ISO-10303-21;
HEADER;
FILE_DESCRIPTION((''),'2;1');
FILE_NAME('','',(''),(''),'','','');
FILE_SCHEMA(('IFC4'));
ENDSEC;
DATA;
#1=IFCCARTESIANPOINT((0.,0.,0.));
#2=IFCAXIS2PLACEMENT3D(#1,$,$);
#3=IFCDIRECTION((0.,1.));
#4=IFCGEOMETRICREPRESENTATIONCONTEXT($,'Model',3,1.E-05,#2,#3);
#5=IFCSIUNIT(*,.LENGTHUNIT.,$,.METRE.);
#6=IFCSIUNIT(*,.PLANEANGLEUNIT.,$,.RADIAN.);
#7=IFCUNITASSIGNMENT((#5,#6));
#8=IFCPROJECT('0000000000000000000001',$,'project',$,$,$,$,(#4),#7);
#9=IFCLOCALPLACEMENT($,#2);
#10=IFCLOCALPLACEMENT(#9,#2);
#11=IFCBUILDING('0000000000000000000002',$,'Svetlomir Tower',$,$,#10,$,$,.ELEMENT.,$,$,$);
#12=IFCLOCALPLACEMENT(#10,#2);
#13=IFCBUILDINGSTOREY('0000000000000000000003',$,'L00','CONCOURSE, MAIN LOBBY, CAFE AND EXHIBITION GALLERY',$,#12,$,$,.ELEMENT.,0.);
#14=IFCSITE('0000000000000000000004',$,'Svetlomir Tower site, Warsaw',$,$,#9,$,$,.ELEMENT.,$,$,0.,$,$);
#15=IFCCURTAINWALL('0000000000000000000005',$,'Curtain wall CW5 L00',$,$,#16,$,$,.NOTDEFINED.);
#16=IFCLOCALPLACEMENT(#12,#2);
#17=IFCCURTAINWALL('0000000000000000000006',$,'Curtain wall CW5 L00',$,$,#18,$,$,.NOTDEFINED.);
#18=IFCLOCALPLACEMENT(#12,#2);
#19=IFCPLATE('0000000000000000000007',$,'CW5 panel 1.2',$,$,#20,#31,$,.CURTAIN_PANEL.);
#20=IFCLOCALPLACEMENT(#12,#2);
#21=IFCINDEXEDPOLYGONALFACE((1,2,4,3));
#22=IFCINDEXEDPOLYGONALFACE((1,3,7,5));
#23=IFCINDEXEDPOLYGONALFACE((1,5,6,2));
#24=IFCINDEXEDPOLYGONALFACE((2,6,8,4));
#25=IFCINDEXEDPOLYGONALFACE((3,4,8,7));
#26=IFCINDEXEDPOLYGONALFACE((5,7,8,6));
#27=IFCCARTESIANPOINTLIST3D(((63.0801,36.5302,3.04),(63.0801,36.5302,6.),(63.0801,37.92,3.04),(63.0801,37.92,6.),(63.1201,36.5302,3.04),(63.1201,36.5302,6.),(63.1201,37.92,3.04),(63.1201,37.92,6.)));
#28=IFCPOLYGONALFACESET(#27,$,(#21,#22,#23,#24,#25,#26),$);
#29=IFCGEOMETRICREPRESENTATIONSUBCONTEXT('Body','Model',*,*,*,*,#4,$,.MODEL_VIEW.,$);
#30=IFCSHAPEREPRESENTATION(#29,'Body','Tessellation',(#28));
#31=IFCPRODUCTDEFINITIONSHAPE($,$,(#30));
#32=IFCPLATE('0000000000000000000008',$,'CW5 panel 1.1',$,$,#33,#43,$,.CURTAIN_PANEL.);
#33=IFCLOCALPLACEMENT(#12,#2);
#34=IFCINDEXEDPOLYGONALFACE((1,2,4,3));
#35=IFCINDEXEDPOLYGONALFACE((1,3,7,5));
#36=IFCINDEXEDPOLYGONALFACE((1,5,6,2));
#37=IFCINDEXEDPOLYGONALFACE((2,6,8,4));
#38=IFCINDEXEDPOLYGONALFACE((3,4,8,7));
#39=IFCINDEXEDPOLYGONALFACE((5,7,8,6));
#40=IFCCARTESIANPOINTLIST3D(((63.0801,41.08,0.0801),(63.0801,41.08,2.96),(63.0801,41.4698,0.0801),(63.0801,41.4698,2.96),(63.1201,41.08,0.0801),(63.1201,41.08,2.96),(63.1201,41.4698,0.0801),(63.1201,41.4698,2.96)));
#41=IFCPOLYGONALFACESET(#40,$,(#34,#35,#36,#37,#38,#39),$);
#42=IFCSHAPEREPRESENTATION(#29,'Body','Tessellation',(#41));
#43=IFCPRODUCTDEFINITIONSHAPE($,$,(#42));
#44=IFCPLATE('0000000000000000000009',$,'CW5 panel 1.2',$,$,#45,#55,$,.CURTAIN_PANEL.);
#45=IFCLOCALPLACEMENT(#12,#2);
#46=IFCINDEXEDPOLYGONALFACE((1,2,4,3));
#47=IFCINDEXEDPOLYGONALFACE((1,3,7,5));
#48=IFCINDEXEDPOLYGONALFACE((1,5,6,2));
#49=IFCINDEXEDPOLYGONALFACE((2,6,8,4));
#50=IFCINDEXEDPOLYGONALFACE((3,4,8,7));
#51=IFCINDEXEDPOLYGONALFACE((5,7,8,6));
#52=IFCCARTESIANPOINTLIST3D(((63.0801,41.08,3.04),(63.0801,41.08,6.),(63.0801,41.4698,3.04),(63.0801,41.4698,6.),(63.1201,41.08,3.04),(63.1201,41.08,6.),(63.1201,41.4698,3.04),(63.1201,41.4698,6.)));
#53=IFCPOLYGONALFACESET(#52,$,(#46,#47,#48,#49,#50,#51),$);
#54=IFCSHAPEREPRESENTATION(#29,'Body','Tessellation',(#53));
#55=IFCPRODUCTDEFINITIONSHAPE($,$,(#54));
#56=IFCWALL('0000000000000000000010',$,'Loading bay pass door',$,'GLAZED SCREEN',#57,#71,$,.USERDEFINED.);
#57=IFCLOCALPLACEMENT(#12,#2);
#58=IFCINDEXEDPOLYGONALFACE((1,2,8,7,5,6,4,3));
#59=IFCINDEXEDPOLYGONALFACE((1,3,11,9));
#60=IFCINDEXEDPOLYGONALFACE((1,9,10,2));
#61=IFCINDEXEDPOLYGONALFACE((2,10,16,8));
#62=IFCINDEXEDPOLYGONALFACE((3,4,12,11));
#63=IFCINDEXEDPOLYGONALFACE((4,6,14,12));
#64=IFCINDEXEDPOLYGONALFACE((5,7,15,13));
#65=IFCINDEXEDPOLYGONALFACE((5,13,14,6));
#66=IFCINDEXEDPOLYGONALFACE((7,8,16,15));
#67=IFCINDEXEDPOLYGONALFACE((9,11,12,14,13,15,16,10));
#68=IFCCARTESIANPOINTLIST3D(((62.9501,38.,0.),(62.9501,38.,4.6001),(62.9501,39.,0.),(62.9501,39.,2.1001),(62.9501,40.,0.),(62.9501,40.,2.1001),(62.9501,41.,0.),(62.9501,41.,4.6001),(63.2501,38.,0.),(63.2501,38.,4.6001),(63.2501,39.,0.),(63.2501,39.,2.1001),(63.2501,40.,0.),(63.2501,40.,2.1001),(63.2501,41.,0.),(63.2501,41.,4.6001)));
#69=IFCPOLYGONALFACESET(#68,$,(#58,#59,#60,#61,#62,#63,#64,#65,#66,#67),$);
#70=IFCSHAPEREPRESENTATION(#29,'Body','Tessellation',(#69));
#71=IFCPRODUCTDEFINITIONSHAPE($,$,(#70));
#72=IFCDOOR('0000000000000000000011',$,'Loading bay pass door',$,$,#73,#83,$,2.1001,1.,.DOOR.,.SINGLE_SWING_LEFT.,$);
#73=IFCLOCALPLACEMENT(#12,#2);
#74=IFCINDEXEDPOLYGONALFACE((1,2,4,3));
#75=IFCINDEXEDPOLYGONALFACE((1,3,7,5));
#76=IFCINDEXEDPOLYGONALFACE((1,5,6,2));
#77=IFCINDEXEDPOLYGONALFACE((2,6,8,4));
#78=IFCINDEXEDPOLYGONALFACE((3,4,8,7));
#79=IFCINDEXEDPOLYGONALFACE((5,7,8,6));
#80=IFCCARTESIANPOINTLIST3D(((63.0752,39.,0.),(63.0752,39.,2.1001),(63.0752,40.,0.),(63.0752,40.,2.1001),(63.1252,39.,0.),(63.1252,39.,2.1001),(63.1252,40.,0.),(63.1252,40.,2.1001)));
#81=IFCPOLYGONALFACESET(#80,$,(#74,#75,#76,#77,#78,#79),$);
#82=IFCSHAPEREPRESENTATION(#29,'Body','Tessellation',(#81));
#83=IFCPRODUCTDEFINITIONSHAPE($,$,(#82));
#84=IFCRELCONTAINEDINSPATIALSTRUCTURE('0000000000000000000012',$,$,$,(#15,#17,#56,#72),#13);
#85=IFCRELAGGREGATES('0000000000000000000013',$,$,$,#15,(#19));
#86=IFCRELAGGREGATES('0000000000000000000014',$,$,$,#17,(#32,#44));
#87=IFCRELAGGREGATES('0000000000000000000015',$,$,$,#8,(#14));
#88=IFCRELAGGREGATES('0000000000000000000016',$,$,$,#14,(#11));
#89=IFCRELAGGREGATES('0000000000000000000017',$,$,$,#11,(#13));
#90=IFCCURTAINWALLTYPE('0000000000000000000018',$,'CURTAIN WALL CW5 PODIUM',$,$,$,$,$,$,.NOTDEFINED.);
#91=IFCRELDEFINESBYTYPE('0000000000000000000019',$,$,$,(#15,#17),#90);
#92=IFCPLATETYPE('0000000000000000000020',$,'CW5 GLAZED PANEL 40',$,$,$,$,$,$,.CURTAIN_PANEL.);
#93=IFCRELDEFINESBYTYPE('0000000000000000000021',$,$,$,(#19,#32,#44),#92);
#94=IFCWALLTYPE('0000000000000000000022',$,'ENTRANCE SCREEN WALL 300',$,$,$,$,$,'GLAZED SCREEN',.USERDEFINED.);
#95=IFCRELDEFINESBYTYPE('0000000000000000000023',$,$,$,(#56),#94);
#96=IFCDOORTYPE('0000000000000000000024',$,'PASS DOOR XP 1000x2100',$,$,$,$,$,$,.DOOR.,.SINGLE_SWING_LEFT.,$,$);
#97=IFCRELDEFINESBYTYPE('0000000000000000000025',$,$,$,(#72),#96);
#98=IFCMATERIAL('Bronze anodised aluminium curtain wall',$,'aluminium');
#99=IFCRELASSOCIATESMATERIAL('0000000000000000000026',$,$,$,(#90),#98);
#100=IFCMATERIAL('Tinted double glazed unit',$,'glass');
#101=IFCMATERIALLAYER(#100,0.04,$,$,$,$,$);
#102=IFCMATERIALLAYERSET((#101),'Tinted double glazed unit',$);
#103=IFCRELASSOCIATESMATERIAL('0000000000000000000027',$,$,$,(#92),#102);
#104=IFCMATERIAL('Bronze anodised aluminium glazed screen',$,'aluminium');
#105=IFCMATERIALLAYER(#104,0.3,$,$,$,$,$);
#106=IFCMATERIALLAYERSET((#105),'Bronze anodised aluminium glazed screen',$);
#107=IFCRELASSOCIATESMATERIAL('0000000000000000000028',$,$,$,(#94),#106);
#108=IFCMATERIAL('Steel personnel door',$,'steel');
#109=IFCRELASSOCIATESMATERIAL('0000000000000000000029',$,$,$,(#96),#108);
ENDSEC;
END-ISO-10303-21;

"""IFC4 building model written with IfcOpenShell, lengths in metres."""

from ifc_helpers import new_model, si_unit, direction, frame, frame_2d, origin, origin_2d, place, context, subcontext, project, spatial, rectangle, extrude, material, layer, layer_set, type_object, element, fill, aggregate, save


model = new_model("IFC4")

# Units and contexts
model_context = context("Model", 3, precision=1e-05, world=origin(), true_north=direction((0.0, 1.0)))
body_context = subcontext(model_context, "Body", "Model", "MODEL_VIEW")
ifc_project = project(units=[si_unit("LENGTHUNIT", "METRE"), si_unit("PLANEANGLEUNIT", "RADIAN")], contexts=[model_context])

# Site, building, storey
site_placement = place(None, origin())
site = spatial("IfcSite", under=ifc_project, at=site_placement, Name="Svetlomir Tower site, Warsaw", CompositionType="ELEMENT", RefElevation=0.0)
building_placement = place(site_placement, origin())
building = spatial("IfcBuilding", under=site, at=building_placement, Name="Svetlomir Tower", CompositionType="ELEMENT")
storey_placement = place(building_placement, origin())
storey = spatial("IfcBuildingStorey", under=building, at=storey_placement, Name="L00", Description="CONCOURSE, MAIN LOBBY, CAFE AND EXHIBITION GALLERY", CompositionType="ELEMENT", Elevation=0.0)

# Curtain walls
ifc_material_1 = material(Name="Bronze anodised aluminium curtain wall", Category="aluminium")
curtain_wall_type = type_object("IfcCurtainWallType", Name="CURTAIN WALL CW5 PODIUM", PredefinedType="NOTDEFINED", material=ifc_material_1)
curtain_wall_1_placement = place(storey_placement, origin())
curtain_wall_1 = element("IfcCurtainWall", 1, at=curtain_wall_1_placement, inside=storey, type_object=curtain_wall_type, Name="Curtain wall CW5 L00", PredefinedType="NOTDEFINED")
curtain_wall_2_placement = place(storey_placement, origin())
curtain_wall_2 = element("IfcCurtainWall", 2, at=curtain_wall_2_placement, inside=storey, type_object=curtain_wall_type, Name="Curtain wall CW5 L00", PredefinedType="NOTDEFINED")

# Plates
ifc_material_2 = material(Name="Tinted double glazed unit", Category="glass")
ifc_layer_1 = layer(ifc_material_2, 0.04)
ifc_layer_set_1 = layer_set([ifc_layer_1], Name="Tinted double glazed unit")
plate_type = type_object("IfcPlateType", Name="CW5 GLAZED PANEL 40", PredefinedType="CURTAIN_PANEL", material=ifc_layer_set_1)
plate_1_placement = place(storey_placement, frame((63.1001, 37.2251, 3.04), z_axis=(0.0, 0.0, 1.0), x_axis=(0.0, 1.0, 0.0)))
plate_1 = element("IfcPlate", 3, at=plate_1_placement, type_object=plate_type, Name="CW5 panel 1.2", PredefinedType="CURTAIN_PANEL", context=body_context, shape_type="SweptSolid", body=[
    extrude(rectangle(XDim=1.3899, YDim=0.04, at=origin_2d()), origin(), (0.0, 0.0, 1.0), 2.96),
])
aggregate(curtain_wall_1, [plate_1])
plate_2_placement = place(storey_placement, frame((63.1001, 41.2749, 0.0801), z_axis=(0.0, 0.0, 1.0), x_axis=(0.0, 1.0, 0.0)))
plate_2 = element("IfcPlate", 4, at=plate_2_placement, type_object=plate_type, Name="CW5 panel 1.1", PredefinedType="CURTAIN_PANEL", context=body_context, shape_type="SweptSolid", body=[
    extrude(rectangle(XDim=0.3899, YDim=0.04, at=origin_2d()), origin(), (0.0, 0.0, 1.0), 2.8799),
])
plate_3_placement = place(storey_placement, frame((63.1001, 41.2749, 3.04), z_axis=(0.0, 0.0, 1.0), x_axis=(0.0, 1.0, 0.0)))
plate_3 = element("IfcPlate", 5, at=plate_3_placement, type_object=plate_type, Name="CW5 panel 1.2", PredefinedType="CURTAIN_PANEL", context=body_context, shape_type="SweptSolid", body=[
    extrude(rectangle(XDim=0.3899, YDim=0.04, at=origin_2d()), origin(), (0.0, 0.0, 1.0), 2.96),
])
aggregate(curtain_wall_2, [plate_2, plate_3])

# Wall, opening, door
ifc_material_3 = material(Name="Bronze anodised aluminium glazed screen", Category="aluminium")
ifc_layer_2 = layer(ifc_material_3, 0.3)
ifc_layer_set_2 = layer_set([ifc_layer_2], Name="Bronze anodised aluminium glazed screen")
wall_type = type_object("IfcWallType", Name="ENTRANCE SCREEN WALL 300", ElementType="GLAZED SCREEN", PredefinedType="USERDEFINED", material=ifc_layer_set_2)
wall_placement = place(storey_placement, frame((63.1001, 38.0, 0.0), z_axis=(0.0, 0.0, 1.0), x_axis=(0.0, 1.0, 0.0)))
wall = element("IfcWall", 6, at=wall_placement, inside=storey, type_object=wall_type, Name="Loading bay pass door", ObjectType="GLAZED SCREEN", PredefinedType="USERDEFINED", context=body_context, shape_type="SweptSolid", body=[
    extrude(rectangle(XDim=3.0, YDim=0.3, at=frame_2d((1.5, 0.0))), origin(), (0.0, 0.0, 1.0), 4.6001),
])
opening_placement = place(wall_placement, frame((1.0, 0.0, 0.0)))
opening = element("IfcOpeningElement", 7, at=opening_placement, cuts=wall, PredefinedType="OPENING", context=body_context, shape_type="SweptSolid", body=[
    extrude(rectangle(XDim=1.0, YDim=2.1001, at=frame_2d((0.5, 1.05))), frame((0.0, 0.1602, 0.0), z_axis=(0.0, -1.0, 0.0), x_axis=(1.0, 0.0, 0.0)), (0.0, 0.0, 1.0), 0.3201),
])
ifc_material_4 = material(Name="Steel personnel door", Category="steel")
door_type = type_object("IfcDoorType", Name="PASS DOOR XP 1000x2100", OperationType="SINGLE_SWING_LEFT", PredefinedType="DOOR", material=ifc_material_4)
door_placement = place(opening_placement, origin())
door = element("IfcDoor", 8, at=door_placement, inside=storey, type_object=door_type, Name="Loading bay pass door", OperationType="SINGLE_SWING_LEFT", OverallHeight=2.1001, OverallWidth=1.0, PredefinedType="DOOR", context=body_context, shape_type="SweptSolid", body=[
    extrude(rectangle(XDim=1.0, YDim=2.1001, at=frame_2d((0.5, 1.05))), frame((0.0, 0.0249, 0.0), z_axis=(0.0, -1.0, 0.0), x_axis=(1.0, 0.0, 0.0)), (0.0, 0.0, 1.0), 0.05),
])
fill(opening, door)

save(model, "model.ifc")
